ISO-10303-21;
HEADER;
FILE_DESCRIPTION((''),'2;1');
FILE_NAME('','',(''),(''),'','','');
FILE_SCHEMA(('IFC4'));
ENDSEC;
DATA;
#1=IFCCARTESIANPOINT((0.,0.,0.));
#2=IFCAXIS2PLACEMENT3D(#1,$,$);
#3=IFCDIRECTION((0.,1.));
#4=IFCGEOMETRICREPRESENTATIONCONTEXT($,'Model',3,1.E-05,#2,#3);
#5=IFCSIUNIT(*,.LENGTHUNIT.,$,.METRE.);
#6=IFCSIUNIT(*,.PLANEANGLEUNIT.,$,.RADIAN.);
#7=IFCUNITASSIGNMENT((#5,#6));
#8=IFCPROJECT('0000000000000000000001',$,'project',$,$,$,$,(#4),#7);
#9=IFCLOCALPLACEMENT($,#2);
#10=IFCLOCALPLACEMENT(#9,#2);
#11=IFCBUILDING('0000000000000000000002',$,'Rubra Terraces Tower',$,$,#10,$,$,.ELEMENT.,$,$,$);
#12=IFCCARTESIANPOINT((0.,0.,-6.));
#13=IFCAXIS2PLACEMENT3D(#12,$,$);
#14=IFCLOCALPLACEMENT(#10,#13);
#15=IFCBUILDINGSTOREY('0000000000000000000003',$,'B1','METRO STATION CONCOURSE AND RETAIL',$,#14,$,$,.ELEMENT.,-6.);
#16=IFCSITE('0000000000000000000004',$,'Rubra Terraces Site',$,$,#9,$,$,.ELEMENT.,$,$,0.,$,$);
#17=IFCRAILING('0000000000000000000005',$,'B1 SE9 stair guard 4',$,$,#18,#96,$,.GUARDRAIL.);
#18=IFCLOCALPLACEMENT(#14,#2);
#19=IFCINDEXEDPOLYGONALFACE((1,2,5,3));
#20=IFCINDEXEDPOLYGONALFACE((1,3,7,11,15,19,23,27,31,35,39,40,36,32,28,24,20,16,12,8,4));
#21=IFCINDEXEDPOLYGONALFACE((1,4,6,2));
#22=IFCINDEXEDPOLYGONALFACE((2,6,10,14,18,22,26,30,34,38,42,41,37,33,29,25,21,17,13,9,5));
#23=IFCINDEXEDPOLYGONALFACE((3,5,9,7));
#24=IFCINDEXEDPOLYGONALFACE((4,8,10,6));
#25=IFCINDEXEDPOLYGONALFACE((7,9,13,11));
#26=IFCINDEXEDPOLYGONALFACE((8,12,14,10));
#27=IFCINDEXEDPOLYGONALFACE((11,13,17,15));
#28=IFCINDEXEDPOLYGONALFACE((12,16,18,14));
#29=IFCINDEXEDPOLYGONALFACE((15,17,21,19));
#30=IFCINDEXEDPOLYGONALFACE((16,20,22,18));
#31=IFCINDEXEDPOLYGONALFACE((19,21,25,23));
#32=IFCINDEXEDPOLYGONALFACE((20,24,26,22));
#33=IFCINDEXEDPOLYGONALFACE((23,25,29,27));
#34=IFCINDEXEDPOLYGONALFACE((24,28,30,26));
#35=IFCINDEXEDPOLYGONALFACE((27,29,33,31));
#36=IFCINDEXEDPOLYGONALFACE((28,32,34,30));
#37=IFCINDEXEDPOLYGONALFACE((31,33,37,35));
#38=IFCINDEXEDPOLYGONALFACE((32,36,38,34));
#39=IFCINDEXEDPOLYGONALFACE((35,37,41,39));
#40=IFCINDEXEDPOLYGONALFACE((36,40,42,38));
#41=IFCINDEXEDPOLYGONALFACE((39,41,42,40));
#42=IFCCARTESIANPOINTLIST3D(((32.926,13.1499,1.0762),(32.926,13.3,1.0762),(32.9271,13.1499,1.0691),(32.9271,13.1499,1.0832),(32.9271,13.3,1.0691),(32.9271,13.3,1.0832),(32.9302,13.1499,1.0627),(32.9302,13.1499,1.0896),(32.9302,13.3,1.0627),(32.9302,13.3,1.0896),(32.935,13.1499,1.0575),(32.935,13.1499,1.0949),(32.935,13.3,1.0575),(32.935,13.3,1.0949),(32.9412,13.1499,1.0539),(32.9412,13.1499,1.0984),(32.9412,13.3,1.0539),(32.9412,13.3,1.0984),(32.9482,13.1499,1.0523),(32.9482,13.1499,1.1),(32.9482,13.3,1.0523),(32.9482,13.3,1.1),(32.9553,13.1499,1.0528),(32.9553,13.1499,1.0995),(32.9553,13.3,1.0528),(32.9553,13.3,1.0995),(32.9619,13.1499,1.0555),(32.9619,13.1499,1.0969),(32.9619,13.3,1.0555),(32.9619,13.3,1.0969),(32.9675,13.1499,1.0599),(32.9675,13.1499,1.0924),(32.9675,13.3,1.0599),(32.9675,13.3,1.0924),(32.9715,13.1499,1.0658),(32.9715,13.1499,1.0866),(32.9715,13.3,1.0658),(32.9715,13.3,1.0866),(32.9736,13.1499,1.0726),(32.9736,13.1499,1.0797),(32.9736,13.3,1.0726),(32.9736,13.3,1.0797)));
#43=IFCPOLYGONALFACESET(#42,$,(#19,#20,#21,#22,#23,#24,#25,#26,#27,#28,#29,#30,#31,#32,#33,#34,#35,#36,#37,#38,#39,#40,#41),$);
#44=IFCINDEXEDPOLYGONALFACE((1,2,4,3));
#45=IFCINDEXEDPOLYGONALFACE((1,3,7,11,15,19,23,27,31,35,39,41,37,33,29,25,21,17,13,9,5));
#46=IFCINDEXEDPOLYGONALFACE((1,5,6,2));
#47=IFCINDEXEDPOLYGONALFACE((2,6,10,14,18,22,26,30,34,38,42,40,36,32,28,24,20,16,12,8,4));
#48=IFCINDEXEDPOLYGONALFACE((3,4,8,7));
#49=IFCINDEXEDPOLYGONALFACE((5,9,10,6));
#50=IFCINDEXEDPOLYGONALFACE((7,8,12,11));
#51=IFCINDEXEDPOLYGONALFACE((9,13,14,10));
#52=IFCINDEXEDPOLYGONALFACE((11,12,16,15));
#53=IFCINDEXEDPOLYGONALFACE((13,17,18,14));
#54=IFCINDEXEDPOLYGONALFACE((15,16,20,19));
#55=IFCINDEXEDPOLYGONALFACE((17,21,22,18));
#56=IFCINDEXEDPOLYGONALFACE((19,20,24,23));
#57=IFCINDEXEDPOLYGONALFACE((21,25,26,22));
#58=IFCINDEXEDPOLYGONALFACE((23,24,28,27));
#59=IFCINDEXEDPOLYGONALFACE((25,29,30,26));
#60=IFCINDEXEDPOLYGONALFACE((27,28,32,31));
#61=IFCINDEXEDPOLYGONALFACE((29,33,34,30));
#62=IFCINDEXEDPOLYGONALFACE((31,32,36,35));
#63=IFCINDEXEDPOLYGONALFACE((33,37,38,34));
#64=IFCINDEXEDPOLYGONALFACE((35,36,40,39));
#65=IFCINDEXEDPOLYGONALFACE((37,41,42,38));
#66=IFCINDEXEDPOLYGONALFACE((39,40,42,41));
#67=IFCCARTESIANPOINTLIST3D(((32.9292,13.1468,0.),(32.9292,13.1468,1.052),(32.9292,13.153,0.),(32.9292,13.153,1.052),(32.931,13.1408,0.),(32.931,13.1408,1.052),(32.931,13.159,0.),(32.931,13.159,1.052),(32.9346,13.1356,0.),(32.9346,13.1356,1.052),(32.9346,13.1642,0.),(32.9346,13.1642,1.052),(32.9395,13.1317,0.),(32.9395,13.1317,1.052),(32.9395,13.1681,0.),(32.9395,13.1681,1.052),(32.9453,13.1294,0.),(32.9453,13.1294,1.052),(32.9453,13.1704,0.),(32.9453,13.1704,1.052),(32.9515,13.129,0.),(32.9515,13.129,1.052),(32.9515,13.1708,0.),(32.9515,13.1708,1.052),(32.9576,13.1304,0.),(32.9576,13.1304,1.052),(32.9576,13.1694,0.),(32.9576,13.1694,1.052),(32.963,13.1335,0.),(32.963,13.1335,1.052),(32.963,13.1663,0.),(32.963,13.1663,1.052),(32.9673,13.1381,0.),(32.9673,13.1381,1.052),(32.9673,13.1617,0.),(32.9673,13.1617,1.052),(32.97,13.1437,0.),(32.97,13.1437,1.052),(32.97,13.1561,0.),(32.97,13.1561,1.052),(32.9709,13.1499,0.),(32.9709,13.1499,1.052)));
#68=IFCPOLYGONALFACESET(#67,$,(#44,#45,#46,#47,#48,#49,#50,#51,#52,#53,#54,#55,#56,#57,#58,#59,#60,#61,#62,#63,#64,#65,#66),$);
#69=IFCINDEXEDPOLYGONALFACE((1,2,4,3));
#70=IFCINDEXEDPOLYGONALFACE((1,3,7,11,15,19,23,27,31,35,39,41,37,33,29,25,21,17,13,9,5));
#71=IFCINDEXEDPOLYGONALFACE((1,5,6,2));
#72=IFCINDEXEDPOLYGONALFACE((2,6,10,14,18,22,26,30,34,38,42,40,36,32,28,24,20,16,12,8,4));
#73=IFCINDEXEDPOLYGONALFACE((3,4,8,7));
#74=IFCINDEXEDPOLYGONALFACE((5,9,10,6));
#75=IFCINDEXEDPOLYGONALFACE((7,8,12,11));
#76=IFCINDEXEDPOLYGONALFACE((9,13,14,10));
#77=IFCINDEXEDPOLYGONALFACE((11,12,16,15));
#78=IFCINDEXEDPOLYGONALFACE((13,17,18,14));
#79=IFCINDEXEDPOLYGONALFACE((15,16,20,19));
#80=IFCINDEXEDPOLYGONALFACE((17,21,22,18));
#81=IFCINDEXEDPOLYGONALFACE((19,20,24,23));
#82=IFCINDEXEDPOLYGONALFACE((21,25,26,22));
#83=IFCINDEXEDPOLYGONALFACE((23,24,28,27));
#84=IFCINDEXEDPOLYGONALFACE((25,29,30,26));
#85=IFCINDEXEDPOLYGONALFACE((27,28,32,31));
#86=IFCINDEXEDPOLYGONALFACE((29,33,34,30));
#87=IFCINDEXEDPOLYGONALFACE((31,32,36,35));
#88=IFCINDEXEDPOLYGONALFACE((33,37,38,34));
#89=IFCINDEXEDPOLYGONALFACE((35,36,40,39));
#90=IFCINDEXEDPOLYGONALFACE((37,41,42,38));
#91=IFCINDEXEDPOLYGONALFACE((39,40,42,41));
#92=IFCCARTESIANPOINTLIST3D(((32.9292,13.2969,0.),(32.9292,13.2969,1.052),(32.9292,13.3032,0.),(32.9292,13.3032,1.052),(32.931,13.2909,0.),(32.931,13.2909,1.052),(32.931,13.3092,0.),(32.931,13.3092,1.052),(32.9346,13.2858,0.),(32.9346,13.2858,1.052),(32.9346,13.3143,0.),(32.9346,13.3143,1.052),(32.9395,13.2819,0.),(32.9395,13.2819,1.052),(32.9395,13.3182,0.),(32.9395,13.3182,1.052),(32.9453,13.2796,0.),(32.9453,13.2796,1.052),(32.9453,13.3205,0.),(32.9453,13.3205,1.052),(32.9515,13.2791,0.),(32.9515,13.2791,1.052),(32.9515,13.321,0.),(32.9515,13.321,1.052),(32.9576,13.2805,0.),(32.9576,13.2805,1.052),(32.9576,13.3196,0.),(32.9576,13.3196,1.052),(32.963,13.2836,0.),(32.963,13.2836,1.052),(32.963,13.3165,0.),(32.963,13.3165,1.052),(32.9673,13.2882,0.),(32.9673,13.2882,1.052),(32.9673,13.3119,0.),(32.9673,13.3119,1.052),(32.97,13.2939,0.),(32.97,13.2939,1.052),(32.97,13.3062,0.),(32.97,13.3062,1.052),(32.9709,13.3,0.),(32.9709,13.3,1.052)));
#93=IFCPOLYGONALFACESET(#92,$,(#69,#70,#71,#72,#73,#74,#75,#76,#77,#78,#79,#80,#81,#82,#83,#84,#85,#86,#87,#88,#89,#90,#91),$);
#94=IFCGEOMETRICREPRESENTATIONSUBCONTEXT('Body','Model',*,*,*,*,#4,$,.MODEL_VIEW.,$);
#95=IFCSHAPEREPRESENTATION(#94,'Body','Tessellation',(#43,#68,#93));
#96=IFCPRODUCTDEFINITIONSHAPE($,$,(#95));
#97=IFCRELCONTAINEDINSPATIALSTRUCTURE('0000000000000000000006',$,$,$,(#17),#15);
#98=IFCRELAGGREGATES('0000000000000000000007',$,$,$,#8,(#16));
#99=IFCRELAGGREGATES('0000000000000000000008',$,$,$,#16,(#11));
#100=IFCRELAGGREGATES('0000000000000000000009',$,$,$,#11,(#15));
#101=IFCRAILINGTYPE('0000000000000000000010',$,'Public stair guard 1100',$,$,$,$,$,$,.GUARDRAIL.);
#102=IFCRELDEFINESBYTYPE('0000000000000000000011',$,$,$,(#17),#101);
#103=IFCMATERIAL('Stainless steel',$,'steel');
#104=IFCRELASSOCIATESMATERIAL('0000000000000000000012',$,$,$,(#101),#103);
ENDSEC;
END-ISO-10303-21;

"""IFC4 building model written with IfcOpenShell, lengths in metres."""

from ifc_helpers import new_model, si_unit, direction, frame, origin, origin_2d, place, context, subcontext, project, spatial, circle, extrude, material, type_object, element, save


model = new_model("IFC4")

# Units and contexts
model_context = context("Model", 3, precision=1e-05, world=origin(), true_north=direction((0.0, 1.0)))
body_context = subcontext(model_context, "Body", "Model", "MODEL_VIEW")
ifc_project = project(units=[si_unit("LENGTHUNIT", "METRE"), si_unit("PLANEANGLEUNIT", "RADIAN")], contexts=[model_context])

# Site, building, storey
site_placement = place(None, origin())
site = spatial("IfcSite", under=ifc_project, at=site_placement, Name="Rubra Terraces Site", CompositionType="ELEMENT", RefElevation=0.0)
building_placement = place(site_placement, origin())
building = spatial("IfcBuilding", under=site, at=building_placement, Name="Rubra Terraces Tower", CompositionType="ELEMENT")
storey_placement = place(building_placement, frame((0.0, 0.0, -6.0)))
storey = spatial("IfcBuildingStorey", under=building, at=storey_placement, Name="B1", Description="METRO STATION CONCOURSE AND RETAIL", CompositionType="ELEMENT", Elevation=-6.0)

# Railing
ifc_material_1 = material(Name="Stainless steel", Category="steel")
railing_type_1 = type_object("IfcRailingType", Name="Public stair guard 1100", PredefinedType="GUARDRAIL", material=ifc_material_1)
railing_1_placement = place(storey_placement, frame((32.95, 13.1499, 0.0)))
element("IfcRailing", 1, at=railing_1_placement, inside=storey, type_object=railing_type_1, Name="B1 SE9 stair guard 4", PredefinedType="GUARDRAIL", context=body_context, shape_type="SweptSolid", body=[
    extrude(circle(Radius=0.0239, at=origin_2d()), frame((0.0, 0.0, 1.0762), z_axis=(0.0, 1.0, 0.0), x_axis=(-1.0, 0.0, 0.0)), (0.0, 0.0, 1.0), 0.1501),
    extrude(circle(Radius=0.021, at=origin_2d()), origin(), (0.0, 0.0, 1.0), 1.052),
    extrude(circle(Radius=0.021, at=origin_2d()), frame((0.0, 0.1501, 0.0)), (0.0, 0.0, 1.0), 1.052),
])

save(model, "model.ifc")
